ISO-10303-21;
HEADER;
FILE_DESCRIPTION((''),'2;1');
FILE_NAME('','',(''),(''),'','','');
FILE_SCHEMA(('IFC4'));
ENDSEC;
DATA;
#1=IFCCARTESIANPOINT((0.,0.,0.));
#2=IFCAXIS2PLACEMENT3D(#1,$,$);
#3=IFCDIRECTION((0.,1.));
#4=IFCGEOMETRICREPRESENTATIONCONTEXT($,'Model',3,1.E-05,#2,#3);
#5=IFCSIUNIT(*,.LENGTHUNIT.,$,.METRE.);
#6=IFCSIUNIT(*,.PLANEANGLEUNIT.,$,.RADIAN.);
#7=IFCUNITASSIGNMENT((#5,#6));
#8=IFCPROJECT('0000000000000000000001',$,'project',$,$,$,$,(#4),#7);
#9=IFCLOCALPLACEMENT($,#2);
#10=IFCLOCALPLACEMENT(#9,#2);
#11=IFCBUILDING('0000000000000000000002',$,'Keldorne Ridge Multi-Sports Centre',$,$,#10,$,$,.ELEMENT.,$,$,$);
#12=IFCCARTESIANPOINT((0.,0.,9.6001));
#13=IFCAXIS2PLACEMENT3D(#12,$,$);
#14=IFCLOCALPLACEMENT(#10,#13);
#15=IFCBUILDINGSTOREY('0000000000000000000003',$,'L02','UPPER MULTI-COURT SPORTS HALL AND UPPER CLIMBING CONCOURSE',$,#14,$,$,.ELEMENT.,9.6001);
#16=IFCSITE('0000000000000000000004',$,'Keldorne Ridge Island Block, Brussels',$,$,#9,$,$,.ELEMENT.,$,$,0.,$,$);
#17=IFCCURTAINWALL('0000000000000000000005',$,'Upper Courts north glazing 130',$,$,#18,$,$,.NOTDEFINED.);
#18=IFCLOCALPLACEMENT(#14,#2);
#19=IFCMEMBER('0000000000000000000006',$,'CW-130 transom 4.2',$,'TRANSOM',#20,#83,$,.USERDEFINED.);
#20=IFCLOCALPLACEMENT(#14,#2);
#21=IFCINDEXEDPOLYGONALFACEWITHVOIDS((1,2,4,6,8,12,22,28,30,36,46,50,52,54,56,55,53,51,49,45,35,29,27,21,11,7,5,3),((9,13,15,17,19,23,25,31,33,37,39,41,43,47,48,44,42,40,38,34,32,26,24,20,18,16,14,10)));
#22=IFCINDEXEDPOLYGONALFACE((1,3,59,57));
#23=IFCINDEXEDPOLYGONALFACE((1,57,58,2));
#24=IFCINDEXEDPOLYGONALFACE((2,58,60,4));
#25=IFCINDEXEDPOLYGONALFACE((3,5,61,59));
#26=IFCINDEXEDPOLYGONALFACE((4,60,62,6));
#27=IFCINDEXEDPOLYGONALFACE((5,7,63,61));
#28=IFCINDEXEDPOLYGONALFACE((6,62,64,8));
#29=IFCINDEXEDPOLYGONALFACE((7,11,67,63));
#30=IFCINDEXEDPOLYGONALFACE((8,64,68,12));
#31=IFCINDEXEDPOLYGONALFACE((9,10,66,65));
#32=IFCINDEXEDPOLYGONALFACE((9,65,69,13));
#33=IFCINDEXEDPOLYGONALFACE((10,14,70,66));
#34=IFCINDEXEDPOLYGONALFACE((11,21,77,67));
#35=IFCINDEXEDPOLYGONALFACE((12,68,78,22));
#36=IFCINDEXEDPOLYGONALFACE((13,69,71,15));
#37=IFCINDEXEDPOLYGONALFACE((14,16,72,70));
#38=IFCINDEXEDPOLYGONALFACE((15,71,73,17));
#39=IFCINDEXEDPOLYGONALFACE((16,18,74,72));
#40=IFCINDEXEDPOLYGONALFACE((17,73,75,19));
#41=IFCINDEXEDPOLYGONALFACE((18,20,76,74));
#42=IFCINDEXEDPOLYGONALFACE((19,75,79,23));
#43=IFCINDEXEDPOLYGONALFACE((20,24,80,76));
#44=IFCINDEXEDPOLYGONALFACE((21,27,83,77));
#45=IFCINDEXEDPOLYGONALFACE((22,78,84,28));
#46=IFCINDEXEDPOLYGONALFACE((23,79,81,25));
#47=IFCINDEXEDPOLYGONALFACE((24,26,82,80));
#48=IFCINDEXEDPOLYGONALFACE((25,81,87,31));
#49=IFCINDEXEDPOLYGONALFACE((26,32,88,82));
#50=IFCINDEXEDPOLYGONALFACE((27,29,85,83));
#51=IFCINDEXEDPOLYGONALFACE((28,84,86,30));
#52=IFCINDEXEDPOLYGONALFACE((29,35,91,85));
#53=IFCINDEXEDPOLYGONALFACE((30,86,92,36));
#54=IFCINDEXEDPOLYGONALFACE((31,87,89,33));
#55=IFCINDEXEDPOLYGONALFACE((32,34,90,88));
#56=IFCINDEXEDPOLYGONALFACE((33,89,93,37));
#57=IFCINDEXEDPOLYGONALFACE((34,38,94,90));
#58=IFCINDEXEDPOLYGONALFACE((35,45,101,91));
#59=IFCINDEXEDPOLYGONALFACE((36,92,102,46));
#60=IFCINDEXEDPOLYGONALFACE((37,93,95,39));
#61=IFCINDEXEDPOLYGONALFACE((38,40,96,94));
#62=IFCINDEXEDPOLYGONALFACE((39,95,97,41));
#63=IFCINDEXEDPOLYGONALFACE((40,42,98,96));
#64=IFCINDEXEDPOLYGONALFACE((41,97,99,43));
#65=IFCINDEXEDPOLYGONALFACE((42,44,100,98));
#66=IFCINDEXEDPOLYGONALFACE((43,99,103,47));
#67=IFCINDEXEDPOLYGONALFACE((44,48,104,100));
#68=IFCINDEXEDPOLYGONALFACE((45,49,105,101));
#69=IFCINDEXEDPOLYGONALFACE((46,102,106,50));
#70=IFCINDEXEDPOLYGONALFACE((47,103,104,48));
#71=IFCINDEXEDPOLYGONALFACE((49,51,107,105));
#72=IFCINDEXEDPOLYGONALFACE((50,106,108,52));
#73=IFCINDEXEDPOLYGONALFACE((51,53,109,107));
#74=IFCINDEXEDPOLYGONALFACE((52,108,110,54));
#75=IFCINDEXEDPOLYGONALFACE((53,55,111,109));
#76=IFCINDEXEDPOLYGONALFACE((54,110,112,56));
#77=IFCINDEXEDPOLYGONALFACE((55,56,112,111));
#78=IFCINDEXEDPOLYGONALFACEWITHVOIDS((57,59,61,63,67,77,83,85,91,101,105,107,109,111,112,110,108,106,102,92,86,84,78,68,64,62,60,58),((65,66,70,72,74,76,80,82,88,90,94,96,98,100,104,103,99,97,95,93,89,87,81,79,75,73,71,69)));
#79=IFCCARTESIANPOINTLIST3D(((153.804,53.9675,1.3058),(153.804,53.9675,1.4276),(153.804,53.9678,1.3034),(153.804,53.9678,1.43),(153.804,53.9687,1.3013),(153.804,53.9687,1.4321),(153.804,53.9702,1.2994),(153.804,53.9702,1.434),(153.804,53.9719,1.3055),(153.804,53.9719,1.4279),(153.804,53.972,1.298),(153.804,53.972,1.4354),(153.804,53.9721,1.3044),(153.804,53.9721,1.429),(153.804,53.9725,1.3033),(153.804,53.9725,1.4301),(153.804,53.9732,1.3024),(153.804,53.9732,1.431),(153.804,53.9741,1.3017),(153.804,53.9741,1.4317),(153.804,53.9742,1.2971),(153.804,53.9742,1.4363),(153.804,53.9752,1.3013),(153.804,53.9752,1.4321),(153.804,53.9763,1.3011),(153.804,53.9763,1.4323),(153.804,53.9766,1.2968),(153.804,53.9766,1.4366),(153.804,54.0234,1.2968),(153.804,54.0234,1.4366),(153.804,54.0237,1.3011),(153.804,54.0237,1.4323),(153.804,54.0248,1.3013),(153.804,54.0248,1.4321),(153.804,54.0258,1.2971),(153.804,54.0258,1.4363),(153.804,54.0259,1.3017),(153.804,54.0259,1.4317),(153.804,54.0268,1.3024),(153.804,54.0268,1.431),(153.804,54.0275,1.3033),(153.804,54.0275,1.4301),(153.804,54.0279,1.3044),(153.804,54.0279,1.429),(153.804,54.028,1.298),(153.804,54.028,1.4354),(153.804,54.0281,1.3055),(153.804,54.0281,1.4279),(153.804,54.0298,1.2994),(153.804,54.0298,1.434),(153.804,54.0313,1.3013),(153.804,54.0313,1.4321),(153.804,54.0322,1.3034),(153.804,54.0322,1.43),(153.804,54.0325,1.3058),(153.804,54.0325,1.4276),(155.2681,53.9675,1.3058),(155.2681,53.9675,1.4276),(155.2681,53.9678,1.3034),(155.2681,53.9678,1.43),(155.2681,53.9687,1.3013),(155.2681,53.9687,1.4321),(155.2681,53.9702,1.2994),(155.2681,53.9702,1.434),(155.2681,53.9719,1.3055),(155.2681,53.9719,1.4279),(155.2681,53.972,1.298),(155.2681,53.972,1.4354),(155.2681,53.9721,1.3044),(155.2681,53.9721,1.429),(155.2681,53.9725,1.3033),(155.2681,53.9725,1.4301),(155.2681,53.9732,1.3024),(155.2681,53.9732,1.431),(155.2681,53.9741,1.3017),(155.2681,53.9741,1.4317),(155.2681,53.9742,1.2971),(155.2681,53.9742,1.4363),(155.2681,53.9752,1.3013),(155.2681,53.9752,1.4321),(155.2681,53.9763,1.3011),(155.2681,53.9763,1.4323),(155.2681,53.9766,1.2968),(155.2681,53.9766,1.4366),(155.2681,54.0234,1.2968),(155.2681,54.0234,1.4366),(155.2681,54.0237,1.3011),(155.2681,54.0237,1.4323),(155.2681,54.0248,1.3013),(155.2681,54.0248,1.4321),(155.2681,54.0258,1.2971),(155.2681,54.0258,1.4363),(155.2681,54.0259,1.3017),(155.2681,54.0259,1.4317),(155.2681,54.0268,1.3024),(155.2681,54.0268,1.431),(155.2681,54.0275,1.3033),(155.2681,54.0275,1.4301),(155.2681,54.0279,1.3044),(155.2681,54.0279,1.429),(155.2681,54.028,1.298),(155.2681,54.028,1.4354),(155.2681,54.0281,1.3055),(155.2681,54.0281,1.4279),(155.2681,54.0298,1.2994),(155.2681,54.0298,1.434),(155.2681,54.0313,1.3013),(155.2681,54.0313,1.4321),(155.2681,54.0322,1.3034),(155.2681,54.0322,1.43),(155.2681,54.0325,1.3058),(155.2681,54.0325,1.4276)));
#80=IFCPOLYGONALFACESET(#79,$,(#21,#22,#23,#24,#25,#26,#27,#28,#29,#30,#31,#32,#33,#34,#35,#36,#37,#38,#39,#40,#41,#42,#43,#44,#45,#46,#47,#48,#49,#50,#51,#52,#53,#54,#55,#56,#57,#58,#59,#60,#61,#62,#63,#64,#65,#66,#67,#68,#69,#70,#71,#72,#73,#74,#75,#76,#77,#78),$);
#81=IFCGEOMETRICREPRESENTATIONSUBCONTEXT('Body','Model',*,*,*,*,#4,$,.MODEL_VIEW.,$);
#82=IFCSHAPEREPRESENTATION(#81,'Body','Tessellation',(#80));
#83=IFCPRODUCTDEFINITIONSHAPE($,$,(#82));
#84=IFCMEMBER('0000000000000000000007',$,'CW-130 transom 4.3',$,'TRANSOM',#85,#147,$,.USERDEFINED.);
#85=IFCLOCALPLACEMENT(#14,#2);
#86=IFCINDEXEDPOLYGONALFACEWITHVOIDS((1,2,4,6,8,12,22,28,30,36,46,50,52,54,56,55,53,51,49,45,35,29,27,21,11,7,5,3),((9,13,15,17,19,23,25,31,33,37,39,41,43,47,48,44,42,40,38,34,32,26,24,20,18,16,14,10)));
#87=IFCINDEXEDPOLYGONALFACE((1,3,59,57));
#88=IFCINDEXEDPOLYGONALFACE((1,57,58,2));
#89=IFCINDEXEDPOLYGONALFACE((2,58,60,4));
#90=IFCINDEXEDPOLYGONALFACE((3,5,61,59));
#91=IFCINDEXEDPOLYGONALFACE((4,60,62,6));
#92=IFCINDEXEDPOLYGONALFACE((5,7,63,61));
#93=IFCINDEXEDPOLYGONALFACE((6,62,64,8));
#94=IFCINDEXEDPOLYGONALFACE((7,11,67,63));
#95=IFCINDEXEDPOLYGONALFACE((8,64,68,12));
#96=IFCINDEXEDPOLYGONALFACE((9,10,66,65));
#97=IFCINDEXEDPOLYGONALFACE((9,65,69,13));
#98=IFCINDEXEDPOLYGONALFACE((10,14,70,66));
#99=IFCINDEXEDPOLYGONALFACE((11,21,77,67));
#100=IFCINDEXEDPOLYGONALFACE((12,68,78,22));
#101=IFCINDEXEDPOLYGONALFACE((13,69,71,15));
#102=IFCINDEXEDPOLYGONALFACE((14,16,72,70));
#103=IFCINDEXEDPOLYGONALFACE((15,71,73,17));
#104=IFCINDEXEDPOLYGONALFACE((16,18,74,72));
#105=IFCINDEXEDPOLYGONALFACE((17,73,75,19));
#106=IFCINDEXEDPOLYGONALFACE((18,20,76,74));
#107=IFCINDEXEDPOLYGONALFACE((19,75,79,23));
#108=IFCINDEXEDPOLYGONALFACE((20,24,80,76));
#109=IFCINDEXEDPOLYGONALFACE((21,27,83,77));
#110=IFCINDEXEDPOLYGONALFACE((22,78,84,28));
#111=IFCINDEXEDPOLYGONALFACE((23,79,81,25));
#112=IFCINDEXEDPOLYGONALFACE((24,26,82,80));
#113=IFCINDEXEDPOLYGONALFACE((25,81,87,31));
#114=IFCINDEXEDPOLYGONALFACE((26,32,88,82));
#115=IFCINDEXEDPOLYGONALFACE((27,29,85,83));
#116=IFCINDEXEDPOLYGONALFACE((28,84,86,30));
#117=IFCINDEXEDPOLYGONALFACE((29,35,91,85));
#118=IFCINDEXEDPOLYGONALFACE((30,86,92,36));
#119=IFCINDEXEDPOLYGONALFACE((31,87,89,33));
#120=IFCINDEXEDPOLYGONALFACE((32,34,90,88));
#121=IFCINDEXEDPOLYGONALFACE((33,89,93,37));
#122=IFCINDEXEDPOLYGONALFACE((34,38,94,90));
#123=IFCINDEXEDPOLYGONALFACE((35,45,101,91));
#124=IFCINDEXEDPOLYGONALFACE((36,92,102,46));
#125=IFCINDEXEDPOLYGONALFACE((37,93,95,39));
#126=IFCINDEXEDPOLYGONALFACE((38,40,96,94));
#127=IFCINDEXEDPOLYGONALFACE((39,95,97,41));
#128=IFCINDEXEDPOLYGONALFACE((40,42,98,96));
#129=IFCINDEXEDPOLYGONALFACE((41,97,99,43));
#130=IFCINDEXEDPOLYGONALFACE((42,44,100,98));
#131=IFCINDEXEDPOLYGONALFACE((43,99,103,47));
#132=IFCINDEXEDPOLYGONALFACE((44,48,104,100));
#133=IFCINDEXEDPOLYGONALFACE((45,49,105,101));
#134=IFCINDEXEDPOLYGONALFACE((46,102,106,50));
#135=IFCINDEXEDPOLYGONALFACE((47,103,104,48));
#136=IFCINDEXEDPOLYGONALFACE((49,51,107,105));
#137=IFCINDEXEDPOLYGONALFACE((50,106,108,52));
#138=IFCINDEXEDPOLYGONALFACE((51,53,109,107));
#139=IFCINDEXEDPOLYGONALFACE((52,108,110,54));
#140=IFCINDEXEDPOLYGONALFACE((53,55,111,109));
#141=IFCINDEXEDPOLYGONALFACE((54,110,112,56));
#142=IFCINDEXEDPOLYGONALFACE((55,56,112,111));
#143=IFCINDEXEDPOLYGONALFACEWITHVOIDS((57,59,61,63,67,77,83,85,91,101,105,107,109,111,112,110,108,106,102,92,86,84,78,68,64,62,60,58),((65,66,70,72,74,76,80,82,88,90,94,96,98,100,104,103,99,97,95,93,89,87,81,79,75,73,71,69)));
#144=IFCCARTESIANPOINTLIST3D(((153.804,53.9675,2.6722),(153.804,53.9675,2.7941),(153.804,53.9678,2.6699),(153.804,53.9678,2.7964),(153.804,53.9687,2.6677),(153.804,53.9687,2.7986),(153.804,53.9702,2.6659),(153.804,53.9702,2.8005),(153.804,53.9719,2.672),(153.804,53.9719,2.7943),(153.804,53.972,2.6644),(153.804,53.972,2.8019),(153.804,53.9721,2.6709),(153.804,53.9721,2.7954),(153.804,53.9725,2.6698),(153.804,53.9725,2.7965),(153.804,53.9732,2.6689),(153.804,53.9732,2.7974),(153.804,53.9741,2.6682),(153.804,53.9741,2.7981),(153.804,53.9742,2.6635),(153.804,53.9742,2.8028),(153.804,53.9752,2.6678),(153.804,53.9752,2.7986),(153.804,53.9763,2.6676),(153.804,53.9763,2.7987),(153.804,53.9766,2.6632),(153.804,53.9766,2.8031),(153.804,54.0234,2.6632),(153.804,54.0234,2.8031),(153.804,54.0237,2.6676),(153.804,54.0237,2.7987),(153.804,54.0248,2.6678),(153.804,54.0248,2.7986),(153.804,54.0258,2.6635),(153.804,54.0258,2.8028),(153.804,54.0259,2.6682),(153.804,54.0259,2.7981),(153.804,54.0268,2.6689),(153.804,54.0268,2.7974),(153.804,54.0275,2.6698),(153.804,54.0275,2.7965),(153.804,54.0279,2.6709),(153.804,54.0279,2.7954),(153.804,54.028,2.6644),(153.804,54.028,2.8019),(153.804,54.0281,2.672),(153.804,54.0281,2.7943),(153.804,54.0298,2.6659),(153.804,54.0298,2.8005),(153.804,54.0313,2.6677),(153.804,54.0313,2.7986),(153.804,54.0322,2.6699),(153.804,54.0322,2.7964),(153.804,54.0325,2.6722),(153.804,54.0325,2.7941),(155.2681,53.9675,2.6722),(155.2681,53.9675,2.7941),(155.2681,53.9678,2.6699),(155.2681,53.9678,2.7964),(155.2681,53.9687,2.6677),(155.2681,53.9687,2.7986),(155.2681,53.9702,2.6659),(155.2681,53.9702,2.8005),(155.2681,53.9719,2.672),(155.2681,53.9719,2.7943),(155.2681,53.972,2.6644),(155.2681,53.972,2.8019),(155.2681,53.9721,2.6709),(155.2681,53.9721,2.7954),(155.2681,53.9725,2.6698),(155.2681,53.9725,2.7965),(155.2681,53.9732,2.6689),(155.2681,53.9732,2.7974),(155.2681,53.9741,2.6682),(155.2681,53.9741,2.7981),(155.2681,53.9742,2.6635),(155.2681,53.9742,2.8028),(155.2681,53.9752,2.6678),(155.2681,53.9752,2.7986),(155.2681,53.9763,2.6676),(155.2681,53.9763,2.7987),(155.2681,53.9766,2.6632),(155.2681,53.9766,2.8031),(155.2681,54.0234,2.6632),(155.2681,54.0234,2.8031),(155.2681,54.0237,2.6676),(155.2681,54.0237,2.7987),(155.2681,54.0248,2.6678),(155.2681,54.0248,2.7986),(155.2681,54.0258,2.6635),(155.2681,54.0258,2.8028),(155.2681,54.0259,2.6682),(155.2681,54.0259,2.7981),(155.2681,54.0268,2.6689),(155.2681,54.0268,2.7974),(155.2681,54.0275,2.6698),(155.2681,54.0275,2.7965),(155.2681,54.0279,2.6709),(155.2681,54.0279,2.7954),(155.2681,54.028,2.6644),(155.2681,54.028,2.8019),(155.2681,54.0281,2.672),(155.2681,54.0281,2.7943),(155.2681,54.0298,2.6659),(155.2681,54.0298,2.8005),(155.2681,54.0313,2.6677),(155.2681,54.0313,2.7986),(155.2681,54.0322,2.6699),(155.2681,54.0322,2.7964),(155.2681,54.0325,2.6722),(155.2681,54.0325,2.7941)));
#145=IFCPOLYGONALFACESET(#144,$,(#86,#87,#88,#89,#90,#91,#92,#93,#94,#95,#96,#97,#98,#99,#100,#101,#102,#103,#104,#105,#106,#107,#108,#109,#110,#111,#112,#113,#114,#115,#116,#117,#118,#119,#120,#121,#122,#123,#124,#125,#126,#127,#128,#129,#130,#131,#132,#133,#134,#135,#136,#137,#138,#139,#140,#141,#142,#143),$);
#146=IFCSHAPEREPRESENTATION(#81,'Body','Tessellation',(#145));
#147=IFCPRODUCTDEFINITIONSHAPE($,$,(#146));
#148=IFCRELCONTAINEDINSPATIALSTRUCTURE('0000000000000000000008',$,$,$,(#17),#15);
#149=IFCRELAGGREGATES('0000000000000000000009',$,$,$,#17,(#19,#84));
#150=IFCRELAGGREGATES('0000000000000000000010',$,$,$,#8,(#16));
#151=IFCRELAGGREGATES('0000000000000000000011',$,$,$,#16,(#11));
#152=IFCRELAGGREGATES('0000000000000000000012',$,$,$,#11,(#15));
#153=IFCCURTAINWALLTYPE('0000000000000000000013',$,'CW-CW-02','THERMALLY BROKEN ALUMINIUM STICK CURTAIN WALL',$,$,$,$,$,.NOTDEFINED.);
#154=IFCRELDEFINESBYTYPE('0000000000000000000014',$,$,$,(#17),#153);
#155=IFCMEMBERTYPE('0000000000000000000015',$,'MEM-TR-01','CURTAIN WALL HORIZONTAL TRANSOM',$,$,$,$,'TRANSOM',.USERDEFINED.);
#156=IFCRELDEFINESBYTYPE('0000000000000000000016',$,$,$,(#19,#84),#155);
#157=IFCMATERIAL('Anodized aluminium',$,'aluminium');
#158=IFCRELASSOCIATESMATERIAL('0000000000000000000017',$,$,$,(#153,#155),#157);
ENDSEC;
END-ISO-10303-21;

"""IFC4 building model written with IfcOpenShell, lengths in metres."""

from ifc_helpers import new_model, si_unit, direction, frame, origin, origin_2d, place, context, subcontext, project, spatial, hollow_rectangle, extrude, material, material_profile, profile_set, type_object, element, aggregate, save


model = new_model("IFC4")

# Units and contexts
model_context = context("Model", 3, precision=1e-05, world=origin(), true_north=direction((0.0, 1.0)))
body_context = subcontext(model_context, "Body", "Model", "MODEL_VIEW")
ifc_project = project(units=[si_unit("LENGTHUNIT", "METRE"), si_unit("PLANEANGLEUNIT", "RADIAN")], contexts=[model_context])

# Site, building, storey
site_placement = place(None, origin())
site = spatial("IfcSite", under=ifc_project, at=site_placement, Name="Keldorne Ridge Island Block, Brussels", CompositionType="ELEMENT", RefElevation=0.0)
building_placement = place(site_placement, origin())
building = spatial("IfcBuilding", under=site, at=building_placement, Name="Keldorne Ridge Multi-Sports Centre", CompositionType="ELEMENT")
storey_placement = place(building_placement, frame((0.0, 0.0, 9.6001)))
storey = spatial("IfcBuildingStorey", under=building, at=storey_placement, Name="L02", Description="UPPER MULTI-COURT SPORTS HALL AND UPPER CLIMBING CONCOURSE", CompositionType="ELEMENT", Elevation=9.6001)

# Curtain wall, members
ifc_material_1 = material(Name="Anodized aluminium", Category="aluminium")
curtain_wall_type = type_object("IfcCurtainWallType", Name="CW-CW-02", Description="THERMALLY BROKEN ALUMINIUM STICK CURTAIN WALL", PredefinedType="NOTDEFINED", material=ifc_material_1)
curtain_wall_placement = place(storey_placement, origin())
curtain_wall = element("IfcCurtainWall", 1, at=curtain_wall_placement, inside=storey, type_object=curtain_wall_type, Name="Upper Courts north glazing 130", PredefinedType="NOTDEFINED")
ifc_material_profile_1 = material_profile(ifc_material_1, hollow_rectangle(XDim=0.0649, YDim=0.1399, WallThickness=0.0044, InnerFilletRadius=0.0044, OuterFilletRadius=0.009, at=origin_2d()), Name="ALU TRANSOM 140x65x4.5")
ifc_profile_set_1 = profile_set([ifc_material_profile_1], Name="Anodized aluminium")
member_type_1 = type_object("IfcMemberType", Name="MEM-TR-01", Description="CURTAIN WALL HORIZONTAL TRANSOM", ElementType="TRANSOM", PredefinedType="USERDEFINED", material=ifc_profile_set_1)
member_1_placement = place(storey_placement, frame((155.2681, 54.0, 1.3667), z_axis=(-1.0, 0.0, 0.0), x_axis=(0.0, -1.0, 0.0)))
member_1 = element("IfcMember", 2, at=member_1_placement, type_object=member_type_1, Name="CW-130 transom 4.2", ObjectType="TRANSOM", PredefinedType="USERDEFINED", context=body_context, shape_type="SweptSolid", body=[
    extrude(hollow_rectangle(XDim=0.0649, YDim=0.1399, WallThickness=0.0044, InnerFilletRadius=0.0044, OuterFilletRadius=0.009, at=origin_2d()), origin(), (0.0, 0.0, 1.0), 1.4641),
])
member_2_placement = place(storey_placement, frame((155.2681, 54.0, 2.7332), z_axis=(-1.0, 0.0, 0.0), x_axis=(0.0, -1.0, 0.0)))
member_2 = element("IfcMember", 3, at=member_2_placement, type_object=member_type_1, Name="CW-130 transom 4.3", ObjectType="TRANSOM", PredefinedType="USERDEFINED", context=body_context, shape_type="SweptSolid", body=[
    extrude(hollow_rectangle(XDim=0.0649, YDim=0.1399, WallThickness=0.0044, InnerFilletRadius=0.0044, OuterFilletRadius=0.009, at=origin_2d()), origin(), (0.0, 0.0, 1.0), 1.4641),
])
aggregate(curtain_wall, [member_1, member_2])

save(model, "model.ifc")
